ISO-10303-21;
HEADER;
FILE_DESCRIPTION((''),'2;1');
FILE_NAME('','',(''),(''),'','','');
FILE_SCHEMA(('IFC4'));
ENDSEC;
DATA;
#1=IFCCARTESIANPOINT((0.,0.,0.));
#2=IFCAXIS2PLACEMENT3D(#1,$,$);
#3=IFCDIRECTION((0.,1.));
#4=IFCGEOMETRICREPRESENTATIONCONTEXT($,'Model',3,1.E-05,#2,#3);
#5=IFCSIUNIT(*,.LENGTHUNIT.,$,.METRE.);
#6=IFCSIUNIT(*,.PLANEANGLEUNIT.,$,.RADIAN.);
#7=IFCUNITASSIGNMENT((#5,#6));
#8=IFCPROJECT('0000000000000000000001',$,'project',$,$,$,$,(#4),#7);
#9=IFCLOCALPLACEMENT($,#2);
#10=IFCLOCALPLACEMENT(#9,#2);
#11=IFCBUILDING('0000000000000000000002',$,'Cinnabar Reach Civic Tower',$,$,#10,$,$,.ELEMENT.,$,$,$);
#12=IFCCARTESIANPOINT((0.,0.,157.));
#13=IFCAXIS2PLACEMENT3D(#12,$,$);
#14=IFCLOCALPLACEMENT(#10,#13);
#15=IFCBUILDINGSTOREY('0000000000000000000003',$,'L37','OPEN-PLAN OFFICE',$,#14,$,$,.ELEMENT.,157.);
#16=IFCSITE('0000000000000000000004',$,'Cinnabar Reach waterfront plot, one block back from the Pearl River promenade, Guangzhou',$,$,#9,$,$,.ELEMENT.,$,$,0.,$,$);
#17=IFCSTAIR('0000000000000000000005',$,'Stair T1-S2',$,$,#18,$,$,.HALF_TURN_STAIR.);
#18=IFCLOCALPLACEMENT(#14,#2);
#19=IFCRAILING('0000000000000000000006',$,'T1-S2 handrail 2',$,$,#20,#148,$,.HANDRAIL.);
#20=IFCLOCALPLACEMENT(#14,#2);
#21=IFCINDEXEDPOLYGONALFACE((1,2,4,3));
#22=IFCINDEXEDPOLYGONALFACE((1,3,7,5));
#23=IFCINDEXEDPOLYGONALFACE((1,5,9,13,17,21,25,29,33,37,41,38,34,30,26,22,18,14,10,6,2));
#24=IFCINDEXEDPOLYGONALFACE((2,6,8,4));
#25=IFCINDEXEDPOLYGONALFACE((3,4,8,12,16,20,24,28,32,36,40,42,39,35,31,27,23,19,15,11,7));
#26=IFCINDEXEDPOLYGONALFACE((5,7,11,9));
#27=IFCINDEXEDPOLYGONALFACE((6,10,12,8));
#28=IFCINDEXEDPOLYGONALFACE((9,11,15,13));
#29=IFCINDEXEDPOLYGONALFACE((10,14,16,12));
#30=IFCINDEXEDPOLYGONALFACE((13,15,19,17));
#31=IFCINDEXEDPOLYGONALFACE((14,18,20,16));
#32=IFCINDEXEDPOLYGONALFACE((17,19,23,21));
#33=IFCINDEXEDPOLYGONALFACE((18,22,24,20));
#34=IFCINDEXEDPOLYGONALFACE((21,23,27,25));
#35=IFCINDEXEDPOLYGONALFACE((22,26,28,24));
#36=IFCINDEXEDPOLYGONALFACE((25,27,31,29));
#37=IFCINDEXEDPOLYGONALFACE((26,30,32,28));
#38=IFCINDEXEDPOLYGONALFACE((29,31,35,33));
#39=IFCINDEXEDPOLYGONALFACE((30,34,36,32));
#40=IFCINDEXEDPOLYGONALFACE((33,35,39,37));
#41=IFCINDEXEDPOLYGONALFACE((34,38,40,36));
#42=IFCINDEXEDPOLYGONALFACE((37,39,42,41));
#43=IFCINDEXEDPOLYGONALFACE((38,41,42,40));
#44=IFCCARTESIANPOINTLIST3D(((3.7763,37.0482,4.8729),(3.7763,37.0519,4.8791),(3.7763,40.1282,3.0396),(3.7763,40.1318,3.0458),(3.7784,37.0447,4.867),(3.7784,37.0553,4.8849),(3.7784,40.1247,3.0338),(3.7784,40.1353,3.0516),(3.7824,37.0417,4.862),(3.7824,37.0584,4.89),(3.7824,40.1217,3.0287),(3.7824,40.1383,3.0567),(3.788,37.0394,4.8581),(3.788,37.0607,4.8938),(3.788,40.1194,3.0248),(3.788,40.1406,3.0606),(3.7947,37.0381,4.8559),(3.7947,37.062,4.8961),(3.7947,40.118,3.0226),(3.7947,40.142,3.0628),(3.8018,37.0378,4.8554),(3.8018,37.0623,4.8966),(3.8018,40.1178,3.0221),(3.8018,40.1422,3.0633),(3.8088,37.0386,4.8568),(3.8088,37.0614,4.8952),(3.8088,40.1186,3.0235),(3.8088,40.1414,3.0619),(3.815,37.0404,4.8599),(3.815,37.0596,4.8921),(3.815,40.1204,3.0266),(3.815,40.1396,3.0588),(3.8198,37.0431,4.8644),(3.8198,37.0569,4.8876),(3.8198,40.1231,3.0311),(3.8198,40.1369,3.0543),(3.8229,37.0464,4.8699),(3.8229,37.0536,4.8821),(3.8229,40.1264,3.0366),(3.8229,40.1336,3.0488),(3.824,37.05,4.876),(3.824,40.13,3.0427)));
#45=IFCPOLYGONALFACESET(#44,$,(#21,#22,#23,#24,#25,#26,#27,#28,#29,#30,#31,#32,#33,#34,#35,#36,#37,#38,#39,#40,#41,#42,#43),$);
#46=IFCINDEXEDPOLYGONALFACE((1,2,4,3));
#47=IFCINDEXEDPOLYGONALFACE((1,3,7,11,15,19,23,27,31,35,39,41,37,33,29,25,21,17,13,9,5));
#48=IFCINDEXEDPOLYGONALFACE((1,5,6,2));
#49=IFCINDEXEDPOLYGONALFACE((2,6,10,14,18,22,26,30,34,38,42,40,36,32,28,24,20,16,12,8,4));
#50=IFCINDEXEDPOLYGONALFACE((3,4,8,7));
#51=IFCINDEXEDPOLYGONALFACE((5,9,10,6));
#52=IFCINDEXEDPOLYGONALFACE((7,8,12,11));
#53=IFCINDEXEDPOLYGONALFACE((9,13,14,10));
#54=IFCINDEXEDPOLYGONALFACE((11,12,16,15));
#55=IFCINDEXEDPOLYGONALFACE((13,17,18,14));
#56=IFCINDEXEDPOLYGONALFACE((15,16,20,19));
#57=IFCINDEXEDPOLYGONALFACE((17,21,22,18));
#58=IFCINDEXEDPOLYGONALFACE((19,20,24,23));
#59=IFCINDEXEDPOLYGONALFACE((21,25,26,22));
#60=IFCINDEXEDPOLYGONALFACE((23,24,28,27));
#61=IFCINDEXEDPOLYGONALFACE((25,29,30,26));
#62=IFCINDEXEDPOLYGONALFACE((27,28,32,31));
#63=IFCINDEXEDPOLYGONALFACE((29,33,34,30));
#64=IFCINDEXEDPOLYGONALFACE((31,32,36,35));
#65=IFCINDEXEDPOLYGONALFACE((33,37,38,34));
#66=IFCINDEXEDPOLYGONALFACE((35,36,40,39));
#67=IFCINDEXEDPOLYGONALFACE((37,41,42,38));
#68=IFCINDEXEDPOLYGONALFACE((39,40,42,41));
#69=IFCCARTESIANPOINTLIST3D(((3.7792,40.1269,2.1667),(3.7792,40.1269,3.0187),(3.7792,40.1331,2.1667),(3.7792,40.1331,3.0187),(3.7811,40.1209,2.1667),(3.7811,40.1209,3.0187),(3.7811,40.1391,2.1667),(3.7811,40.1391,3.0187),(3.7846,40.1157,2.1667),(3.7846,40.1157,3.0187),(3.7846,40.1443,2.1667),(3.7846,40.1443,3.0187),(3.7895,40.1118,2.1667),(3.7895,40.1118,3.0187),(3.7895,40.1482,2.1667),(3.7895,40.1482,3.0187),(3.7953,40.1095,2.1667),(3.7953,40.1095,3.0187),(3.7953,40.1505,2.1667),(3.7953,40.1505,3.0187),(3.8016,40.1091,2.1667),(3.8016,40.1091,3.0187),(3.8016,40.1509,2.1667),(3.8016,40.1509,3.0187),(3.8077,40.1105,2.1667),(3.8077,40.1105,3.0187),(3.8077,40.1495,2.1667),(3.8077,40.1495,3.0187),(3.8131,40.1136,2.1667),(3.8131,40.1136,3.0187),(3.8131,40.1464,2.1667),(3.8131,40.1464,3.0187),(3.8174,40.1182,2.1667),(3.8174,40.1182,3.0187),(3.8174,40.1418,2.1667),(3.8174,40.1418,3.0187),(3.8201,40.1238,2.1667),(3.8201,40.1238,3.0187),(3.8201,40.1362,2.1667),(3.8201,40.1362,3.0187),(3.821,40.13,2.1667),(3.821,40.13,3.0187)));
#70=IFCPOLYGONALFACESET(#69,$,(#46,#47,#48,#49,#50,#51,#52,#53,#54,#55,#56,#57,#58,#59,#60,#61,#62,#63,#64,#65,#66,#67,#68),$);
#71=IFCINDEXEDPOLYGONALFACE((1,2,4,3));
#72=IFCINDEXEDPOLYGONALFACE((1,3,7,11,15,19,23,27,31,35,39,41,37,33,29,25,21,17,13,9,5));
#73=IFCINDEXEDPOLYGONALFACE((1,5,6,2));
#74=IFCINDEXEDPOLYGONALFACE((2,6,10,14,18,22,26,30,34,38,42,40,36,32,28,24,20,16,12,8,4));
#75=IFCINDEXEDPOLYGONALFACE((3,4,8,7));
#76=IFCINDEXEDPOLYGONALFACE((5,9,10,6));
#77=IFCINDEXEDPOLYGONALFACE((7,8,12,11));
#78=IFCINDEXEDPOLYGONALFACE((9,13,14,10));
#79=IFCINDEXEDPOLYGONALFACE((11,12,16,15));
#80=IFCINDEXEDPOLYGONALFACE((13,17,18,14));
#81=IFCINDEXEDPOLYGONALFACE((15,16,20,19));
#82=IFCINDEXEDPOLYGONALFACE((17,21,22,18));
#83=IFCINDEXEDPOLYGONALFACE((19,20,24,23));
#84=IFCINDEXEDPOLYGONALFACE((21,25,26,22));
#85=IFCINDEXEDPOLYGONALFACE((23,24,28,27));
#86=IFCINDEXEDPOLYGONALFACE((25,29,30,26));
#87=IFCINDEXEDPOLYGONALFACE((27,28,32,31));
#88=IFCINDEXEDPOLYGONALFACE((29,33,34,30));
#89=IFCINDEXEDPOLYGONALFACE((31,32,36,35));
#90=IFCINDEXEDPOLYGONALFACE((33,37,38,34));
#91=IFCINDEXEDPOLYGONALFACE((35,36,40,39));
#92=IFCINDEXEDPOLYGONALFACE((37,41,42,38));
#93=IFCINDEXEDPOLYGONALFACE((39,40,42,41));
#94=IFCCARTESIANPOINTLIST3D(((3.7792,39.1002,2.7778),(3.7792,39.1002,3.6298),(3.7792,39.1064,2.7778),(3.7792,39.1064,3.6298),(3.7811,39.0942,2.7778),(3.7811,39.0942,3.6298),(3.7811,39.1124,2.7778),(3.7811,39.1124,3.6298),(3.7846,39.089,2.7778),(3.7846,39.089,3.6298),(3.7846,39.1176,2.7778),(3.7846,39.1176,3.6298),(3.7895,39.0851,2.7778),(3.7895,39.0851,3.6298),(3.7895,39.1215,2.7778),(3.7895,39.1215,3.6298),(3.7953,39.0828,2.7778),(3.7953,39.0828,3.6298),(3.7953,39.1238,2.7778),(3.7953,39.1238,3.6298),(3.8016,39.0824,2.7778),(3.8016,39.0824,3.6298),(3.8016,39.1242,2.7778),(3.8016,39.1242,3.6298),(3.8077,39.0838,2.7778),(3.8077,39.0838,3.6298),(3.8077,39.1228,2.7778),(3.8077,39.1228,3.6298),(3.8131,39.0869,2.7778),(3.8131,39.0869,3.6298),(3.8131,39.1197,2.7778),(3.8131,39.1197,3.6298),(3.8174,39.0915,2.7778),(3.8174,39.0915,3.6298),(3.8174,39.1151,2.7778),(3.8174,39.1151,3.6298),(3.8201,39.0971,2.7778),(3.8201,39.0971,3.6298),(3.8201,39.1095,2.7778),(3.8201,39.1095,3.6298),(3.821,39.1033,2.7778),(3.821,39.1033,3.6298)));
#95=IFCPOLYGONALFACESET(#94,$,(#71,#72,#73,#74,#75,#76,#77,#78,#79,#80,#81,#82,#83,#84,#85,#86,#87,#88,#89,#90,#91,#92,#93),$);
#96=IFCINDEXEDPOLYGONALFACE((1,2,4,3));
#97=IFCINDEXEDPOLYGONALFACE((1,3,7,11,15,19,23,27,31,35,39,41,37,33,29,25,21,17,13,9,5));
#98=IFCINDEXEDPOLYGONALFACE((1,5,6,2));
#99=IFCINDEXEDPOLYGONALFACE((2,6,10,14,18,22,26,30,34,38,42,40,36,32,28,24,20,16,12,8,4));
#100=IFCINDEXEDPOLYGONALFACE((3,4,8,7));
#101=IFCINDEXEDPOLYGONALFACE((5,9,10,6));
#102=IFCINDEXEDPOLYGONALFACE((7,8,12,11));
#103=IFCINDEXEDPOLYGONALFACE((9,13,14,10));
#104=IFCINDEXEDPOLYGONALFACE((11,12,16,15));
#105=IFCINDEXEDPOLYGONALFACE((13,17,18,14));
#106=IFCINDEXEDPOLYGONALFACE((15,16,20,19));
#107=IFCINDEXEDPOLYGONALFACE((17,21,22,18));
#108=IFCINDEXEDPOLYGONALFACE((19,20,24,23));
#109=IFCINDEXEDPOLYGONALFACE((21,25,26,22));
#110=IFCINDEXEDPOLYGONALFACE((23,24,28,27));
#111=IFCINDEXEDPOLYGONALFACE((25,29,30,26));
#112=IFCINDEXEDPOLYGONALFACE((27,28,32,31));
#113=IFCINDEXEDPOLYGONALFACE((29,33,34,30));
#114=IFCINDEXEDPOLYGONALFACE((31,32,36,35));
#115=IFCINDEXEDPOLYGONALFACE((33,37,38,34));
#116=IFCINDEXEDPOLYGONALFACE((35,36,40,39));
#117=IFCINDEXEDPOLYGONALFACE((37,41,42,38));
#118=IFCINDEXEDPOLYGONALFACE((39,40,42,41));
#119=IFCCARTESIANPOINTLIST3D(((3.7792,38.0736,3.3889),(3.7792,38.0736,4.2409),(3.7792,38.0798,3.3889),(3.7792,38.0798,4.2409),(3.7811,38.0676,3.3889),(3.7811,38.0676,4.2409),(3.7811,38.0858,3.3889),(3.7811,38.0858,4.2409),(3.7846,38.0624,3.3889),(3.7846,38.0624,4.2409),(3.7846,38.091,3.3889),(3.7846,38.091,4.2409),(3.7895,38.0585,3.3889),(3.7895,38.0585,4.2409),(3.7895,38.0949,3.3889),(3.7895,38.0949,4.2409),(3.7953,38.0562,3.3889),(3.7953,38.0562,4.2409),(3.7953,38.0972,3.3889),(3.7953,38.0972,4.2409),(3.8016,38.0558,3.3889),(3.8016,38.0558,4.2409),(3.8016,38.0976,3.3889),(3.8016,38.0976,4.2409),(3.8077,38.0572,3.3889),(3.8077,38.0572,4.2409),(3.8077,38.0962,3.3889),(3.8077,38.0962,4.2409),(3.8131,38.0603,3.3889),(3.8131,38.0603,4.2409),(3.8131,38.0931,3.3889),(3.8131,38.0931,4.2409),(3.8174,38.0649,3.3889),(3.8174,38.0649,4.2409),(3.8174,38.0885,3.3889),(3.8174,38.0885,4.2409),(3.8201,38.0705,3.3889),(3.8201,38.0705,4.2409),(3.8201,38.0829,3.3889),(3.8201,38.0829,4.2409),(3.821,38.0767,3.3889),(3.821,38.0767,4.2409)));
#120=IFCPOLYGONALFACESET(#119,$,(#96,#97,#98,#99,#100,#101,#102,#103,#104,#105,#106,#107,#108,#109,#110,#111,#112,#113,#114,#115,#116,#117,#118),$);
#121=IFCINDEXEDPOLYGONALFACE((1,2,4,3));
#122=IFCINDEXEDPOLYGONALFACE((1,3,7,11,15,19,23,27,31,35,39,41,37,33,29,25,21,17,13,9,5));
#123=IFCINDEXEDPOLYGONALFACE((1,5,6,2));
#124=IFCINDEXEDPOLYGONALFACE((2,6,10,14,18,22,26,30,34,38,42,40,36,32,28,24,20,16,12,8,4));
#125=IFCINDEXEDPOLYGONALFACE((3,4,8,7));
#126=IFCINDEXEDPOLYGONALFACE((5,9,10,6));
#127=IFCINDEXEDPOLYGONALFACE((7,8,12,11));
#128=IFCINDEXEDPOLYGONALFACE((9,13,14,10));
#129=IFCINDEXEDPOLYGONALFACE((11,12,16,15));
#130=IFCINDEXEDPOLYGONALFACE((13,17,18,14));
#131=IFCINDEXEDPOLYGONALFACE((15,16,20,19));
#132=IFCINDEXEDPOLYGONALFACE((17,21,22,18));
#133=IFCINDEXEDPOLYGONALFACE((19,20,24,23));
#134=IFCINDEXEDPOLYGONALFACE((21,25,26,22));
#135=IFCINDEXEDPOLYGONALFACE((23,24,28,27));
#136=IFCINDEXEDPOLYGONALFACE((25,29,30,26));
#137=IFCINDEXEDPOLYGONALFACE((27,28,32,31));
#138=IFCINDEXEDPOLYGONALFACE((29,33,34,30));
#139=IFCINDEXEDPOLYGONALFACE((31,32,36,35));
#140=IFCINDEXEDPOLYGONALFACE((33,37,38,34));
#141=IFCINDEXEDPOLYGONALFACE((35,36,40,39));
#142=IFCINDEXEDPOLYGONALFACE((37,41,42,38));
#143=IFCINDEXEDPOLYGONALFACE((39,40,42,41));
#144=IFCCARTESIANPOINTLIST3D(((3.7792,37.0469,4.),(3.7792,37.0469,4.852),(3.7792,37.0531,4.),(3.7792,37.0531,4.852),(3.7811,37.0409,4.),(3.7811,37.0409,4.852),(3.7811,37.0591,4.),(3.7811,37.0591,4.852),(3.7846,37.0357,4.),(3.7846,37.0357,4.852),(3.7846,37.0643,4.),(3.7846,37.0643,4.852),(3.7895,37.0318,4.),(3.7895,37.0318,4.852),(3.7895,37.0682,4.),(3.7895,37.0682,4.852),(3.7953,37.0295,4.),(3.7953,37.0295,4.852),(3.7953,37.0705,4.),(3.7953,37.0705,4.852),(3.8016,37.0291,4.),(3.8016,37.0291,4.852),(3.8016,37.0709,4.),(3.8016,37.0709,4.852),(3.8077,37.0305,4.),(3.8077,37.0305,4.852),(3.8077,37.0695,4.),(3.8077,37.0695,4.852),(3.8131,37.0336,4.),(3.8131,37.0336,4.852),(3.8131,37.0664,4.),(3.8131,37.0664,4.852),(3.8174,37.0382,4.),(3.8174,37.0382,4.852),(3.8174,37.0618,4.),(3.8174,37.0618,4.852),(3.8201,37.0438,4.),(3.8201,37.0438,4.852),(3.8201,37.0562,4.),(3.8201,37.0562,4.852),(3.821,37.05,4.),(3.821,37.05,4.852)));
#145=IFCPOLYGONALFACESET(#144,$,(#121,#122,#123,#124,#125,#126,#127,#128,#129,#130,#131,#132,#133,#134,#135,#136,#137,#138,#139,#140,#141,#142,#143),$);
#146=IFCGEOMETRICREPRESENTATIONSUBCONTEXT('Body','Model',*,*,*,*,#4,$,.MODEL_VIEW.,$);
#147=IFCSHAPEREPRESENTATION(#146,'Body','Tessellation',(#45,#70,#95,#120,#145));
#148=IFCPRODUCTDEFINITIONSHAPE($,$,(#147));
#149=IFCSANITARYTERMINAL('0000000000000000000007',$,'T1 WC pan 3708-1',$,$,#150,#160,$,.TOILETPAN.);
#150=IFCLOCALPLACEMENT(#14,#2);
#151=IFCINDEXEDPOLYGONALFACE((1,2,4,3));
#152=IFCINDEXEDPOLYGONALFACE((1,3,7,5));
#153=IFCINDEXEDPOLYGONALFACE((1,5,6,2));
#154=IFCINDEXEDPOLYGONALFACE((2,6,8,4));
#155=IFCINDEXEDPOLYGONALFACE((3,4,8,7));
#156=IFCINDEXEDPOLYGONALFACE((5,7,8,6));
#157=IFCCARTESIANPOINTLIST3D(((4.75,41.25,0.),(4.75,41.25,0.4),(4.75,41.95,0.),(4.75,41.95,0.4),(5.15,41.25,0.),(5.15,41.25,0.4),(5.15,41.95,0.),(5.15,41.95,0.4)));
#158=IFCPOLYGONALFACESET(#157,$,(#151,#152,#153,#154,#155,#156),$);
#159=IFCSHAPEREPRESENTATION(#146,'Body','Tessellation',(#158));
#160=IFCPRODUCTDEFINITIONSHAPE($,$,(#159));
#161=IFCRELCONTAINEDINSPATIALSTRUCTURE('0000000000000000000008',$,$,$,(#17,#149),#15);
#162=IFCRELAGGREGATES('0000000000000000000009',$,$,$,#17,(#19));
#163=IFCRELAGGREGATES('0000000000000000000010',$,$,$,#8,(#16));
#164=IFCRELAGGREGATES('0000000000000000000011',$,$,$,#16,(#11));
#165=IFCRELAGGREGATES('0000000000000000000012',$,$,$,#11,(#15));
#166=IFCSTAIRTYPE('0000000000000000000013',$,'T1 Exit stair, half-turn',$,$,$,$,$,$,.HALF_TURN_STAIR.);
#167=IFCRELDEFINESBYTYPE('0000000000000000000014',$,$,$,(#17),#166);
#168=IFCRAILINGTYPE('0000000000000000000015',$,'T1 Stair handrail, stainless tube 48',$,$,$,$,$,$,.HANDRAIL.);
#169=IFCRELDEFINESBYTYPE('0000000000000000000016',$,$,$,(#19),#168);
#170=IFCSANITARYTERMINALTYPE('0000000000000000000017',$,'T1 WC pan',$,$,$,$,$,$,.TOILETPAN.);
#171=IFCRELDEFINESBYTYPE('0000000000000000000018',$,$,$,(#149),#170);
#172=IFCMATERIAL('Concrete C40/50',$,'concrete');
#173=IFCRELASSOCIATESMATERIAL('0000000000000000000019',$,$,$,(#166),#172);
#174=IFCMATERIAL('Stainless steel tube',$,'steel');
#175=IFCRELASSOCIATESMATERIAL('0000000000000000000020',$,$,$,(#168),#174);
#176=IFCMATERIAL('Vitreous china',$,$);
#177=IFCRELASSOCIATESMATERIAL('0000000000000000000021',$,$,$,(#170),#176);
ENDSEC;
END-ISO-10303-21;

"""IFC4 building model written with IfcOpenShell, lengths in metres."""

from ifc_helpers import new_model, si_unit, direction, frame, origin, origin_2d, place, context, subcontext, project, spatial, rectangle, circle, extrude, material, type_object, element, aggregate, save


model = new_model("IFC4")

# Units and contexts
model_context = context("Model", 3, precision=1e-05, world=origin(), true_north=direction((0.0, 1.0)))
body_context = subcontext(model_context, "Body", "Model", "MODEL_VIEW")
ifc_project = project(units=[si_unit("LENGTHUNIT", "METRE"), si_unit("PLANEANGLEUNIT", "RADIAN")], contexts=[model_context])

# Site, building, storey
site_placement = place(None, origin())
site = spatial("IfcSite", under=ifc_project, at=site_placement, Name="Cinnabar Reach waterfront plot, one block back from the Pearl River promenade, Guangzhou", CompositionType="ELEMENT", RefElevation=0.0)
building_placement = place(site_placement, origin())
building = spatial("IfcBuilding", under=site, at=building_placement, Name="Cinnabar Reach Civic Tower", CompositionType="ELEMENT")
storey_placement = place(building_placement, frame((0.0, 0.0, 157.0)))
storey = spatial("IfcBuildingStorey", under=building, at=storey_placement, Name="L37", Description="OPEN-PLAN OFFICE", CompositionType="ELEMENT", Elevation=157.0)

# Shared definitions
ifc_material_1 = material(Name="Concrete C40/50", Category="concrete")

# Stair, railing
stair_type = type_object("IfcStairType", Name="T1 Exit stair, half-turn", PredefinedType="HALF_TURN_STAIR", material=ifc_material_1)
stair_placement = place(storey_placement, origin())
stair = element("IfcStair", 1, at=stair_placement, inside=storey, type_object=stair_type, Name="Stair T1-S2", PredefinedType="HALF_TURN_STAIR")
ifc_material_2 = material(Name="Stainless steel tube", Category="steel")
railing_type = type_object("IfcRailingType", Name="T1 Stair handrail, stainless tube 48", PredefinedType="HANDRAIL", material=ifc_material_2)
railing_1_placement = place(storey_placement, frame((3.8, 40.13, 2.1667)))
railing_1 = element("IfcRailing", 2, at=railing_1_placement, type_object=railing_type, Name="T1-S2 handrail 2", PredefinedType="HANDRAIL", context=body_context, shape_type="SweptSolid", body=[
    extrude(circle(Radius=0.024, at=origin_2d()), frame((0.0, 0.0, 0.876), z_axis=(0.0, -0.859297, 0.511477), x_axis=(1.0, 0.0, 0.0)), (0.0, 0.0, 1.0), 3.5843),
    extrude(circle(Radius=0.021, at=origin_2d()), origin(), (0.0, 0.0, 1.0), 0.852),
    extrude(circle(Radius=0.021, at=origin_2d()), frame((0.0, -1.0267, 0.6111)), (0.0, 0.0, 1.0), 0.852),
    extrude(circle(Radius=0.021, at=origin_2d()), frame((0.0, -2.0533, 1.2222)), (0.0, 0.0, 1.0), 0.852),
    extrude(circle(Radius=0.021, at=origin_2d()), frame((0.0, -3.08, 1.8333)), (0.0, 0.0, 1.0), 0.852),
])
aggregate(stair, [railing_1])

# Sanitary terminal
ifc_material_3 = material(Name="Vitreous china")
sanitary_terminal_type = type_object("IfcSanitaryTerminalType", Name="T1 WC pan", PredefinedType="TOILETPAN", material=ifc_material_3)
sanitary_terminal_placement = place(storey_placement, frame((4.95, 41.6, 0.0), z_axis=(0.0, 0.0, 1.0), x_axis=(1.0, 0.0, 0.0)))
element("IfcSanitaryTerminal", 3, at=sanitary_terminal_placement, inside=storey, type_object=sanitary_terminal_type, Name="T1 WC pan 3708-1", PredefinedType="TOILETPAN", context=body_context, shape_type="SweptSolid", body=[
    extrude(rectangle(XDim=0.4, YDim=0.7, at=origin_2d()), origin(), (0.0, 0.0, 1.0), 0.4),
])

save(model, "model.ifc")
